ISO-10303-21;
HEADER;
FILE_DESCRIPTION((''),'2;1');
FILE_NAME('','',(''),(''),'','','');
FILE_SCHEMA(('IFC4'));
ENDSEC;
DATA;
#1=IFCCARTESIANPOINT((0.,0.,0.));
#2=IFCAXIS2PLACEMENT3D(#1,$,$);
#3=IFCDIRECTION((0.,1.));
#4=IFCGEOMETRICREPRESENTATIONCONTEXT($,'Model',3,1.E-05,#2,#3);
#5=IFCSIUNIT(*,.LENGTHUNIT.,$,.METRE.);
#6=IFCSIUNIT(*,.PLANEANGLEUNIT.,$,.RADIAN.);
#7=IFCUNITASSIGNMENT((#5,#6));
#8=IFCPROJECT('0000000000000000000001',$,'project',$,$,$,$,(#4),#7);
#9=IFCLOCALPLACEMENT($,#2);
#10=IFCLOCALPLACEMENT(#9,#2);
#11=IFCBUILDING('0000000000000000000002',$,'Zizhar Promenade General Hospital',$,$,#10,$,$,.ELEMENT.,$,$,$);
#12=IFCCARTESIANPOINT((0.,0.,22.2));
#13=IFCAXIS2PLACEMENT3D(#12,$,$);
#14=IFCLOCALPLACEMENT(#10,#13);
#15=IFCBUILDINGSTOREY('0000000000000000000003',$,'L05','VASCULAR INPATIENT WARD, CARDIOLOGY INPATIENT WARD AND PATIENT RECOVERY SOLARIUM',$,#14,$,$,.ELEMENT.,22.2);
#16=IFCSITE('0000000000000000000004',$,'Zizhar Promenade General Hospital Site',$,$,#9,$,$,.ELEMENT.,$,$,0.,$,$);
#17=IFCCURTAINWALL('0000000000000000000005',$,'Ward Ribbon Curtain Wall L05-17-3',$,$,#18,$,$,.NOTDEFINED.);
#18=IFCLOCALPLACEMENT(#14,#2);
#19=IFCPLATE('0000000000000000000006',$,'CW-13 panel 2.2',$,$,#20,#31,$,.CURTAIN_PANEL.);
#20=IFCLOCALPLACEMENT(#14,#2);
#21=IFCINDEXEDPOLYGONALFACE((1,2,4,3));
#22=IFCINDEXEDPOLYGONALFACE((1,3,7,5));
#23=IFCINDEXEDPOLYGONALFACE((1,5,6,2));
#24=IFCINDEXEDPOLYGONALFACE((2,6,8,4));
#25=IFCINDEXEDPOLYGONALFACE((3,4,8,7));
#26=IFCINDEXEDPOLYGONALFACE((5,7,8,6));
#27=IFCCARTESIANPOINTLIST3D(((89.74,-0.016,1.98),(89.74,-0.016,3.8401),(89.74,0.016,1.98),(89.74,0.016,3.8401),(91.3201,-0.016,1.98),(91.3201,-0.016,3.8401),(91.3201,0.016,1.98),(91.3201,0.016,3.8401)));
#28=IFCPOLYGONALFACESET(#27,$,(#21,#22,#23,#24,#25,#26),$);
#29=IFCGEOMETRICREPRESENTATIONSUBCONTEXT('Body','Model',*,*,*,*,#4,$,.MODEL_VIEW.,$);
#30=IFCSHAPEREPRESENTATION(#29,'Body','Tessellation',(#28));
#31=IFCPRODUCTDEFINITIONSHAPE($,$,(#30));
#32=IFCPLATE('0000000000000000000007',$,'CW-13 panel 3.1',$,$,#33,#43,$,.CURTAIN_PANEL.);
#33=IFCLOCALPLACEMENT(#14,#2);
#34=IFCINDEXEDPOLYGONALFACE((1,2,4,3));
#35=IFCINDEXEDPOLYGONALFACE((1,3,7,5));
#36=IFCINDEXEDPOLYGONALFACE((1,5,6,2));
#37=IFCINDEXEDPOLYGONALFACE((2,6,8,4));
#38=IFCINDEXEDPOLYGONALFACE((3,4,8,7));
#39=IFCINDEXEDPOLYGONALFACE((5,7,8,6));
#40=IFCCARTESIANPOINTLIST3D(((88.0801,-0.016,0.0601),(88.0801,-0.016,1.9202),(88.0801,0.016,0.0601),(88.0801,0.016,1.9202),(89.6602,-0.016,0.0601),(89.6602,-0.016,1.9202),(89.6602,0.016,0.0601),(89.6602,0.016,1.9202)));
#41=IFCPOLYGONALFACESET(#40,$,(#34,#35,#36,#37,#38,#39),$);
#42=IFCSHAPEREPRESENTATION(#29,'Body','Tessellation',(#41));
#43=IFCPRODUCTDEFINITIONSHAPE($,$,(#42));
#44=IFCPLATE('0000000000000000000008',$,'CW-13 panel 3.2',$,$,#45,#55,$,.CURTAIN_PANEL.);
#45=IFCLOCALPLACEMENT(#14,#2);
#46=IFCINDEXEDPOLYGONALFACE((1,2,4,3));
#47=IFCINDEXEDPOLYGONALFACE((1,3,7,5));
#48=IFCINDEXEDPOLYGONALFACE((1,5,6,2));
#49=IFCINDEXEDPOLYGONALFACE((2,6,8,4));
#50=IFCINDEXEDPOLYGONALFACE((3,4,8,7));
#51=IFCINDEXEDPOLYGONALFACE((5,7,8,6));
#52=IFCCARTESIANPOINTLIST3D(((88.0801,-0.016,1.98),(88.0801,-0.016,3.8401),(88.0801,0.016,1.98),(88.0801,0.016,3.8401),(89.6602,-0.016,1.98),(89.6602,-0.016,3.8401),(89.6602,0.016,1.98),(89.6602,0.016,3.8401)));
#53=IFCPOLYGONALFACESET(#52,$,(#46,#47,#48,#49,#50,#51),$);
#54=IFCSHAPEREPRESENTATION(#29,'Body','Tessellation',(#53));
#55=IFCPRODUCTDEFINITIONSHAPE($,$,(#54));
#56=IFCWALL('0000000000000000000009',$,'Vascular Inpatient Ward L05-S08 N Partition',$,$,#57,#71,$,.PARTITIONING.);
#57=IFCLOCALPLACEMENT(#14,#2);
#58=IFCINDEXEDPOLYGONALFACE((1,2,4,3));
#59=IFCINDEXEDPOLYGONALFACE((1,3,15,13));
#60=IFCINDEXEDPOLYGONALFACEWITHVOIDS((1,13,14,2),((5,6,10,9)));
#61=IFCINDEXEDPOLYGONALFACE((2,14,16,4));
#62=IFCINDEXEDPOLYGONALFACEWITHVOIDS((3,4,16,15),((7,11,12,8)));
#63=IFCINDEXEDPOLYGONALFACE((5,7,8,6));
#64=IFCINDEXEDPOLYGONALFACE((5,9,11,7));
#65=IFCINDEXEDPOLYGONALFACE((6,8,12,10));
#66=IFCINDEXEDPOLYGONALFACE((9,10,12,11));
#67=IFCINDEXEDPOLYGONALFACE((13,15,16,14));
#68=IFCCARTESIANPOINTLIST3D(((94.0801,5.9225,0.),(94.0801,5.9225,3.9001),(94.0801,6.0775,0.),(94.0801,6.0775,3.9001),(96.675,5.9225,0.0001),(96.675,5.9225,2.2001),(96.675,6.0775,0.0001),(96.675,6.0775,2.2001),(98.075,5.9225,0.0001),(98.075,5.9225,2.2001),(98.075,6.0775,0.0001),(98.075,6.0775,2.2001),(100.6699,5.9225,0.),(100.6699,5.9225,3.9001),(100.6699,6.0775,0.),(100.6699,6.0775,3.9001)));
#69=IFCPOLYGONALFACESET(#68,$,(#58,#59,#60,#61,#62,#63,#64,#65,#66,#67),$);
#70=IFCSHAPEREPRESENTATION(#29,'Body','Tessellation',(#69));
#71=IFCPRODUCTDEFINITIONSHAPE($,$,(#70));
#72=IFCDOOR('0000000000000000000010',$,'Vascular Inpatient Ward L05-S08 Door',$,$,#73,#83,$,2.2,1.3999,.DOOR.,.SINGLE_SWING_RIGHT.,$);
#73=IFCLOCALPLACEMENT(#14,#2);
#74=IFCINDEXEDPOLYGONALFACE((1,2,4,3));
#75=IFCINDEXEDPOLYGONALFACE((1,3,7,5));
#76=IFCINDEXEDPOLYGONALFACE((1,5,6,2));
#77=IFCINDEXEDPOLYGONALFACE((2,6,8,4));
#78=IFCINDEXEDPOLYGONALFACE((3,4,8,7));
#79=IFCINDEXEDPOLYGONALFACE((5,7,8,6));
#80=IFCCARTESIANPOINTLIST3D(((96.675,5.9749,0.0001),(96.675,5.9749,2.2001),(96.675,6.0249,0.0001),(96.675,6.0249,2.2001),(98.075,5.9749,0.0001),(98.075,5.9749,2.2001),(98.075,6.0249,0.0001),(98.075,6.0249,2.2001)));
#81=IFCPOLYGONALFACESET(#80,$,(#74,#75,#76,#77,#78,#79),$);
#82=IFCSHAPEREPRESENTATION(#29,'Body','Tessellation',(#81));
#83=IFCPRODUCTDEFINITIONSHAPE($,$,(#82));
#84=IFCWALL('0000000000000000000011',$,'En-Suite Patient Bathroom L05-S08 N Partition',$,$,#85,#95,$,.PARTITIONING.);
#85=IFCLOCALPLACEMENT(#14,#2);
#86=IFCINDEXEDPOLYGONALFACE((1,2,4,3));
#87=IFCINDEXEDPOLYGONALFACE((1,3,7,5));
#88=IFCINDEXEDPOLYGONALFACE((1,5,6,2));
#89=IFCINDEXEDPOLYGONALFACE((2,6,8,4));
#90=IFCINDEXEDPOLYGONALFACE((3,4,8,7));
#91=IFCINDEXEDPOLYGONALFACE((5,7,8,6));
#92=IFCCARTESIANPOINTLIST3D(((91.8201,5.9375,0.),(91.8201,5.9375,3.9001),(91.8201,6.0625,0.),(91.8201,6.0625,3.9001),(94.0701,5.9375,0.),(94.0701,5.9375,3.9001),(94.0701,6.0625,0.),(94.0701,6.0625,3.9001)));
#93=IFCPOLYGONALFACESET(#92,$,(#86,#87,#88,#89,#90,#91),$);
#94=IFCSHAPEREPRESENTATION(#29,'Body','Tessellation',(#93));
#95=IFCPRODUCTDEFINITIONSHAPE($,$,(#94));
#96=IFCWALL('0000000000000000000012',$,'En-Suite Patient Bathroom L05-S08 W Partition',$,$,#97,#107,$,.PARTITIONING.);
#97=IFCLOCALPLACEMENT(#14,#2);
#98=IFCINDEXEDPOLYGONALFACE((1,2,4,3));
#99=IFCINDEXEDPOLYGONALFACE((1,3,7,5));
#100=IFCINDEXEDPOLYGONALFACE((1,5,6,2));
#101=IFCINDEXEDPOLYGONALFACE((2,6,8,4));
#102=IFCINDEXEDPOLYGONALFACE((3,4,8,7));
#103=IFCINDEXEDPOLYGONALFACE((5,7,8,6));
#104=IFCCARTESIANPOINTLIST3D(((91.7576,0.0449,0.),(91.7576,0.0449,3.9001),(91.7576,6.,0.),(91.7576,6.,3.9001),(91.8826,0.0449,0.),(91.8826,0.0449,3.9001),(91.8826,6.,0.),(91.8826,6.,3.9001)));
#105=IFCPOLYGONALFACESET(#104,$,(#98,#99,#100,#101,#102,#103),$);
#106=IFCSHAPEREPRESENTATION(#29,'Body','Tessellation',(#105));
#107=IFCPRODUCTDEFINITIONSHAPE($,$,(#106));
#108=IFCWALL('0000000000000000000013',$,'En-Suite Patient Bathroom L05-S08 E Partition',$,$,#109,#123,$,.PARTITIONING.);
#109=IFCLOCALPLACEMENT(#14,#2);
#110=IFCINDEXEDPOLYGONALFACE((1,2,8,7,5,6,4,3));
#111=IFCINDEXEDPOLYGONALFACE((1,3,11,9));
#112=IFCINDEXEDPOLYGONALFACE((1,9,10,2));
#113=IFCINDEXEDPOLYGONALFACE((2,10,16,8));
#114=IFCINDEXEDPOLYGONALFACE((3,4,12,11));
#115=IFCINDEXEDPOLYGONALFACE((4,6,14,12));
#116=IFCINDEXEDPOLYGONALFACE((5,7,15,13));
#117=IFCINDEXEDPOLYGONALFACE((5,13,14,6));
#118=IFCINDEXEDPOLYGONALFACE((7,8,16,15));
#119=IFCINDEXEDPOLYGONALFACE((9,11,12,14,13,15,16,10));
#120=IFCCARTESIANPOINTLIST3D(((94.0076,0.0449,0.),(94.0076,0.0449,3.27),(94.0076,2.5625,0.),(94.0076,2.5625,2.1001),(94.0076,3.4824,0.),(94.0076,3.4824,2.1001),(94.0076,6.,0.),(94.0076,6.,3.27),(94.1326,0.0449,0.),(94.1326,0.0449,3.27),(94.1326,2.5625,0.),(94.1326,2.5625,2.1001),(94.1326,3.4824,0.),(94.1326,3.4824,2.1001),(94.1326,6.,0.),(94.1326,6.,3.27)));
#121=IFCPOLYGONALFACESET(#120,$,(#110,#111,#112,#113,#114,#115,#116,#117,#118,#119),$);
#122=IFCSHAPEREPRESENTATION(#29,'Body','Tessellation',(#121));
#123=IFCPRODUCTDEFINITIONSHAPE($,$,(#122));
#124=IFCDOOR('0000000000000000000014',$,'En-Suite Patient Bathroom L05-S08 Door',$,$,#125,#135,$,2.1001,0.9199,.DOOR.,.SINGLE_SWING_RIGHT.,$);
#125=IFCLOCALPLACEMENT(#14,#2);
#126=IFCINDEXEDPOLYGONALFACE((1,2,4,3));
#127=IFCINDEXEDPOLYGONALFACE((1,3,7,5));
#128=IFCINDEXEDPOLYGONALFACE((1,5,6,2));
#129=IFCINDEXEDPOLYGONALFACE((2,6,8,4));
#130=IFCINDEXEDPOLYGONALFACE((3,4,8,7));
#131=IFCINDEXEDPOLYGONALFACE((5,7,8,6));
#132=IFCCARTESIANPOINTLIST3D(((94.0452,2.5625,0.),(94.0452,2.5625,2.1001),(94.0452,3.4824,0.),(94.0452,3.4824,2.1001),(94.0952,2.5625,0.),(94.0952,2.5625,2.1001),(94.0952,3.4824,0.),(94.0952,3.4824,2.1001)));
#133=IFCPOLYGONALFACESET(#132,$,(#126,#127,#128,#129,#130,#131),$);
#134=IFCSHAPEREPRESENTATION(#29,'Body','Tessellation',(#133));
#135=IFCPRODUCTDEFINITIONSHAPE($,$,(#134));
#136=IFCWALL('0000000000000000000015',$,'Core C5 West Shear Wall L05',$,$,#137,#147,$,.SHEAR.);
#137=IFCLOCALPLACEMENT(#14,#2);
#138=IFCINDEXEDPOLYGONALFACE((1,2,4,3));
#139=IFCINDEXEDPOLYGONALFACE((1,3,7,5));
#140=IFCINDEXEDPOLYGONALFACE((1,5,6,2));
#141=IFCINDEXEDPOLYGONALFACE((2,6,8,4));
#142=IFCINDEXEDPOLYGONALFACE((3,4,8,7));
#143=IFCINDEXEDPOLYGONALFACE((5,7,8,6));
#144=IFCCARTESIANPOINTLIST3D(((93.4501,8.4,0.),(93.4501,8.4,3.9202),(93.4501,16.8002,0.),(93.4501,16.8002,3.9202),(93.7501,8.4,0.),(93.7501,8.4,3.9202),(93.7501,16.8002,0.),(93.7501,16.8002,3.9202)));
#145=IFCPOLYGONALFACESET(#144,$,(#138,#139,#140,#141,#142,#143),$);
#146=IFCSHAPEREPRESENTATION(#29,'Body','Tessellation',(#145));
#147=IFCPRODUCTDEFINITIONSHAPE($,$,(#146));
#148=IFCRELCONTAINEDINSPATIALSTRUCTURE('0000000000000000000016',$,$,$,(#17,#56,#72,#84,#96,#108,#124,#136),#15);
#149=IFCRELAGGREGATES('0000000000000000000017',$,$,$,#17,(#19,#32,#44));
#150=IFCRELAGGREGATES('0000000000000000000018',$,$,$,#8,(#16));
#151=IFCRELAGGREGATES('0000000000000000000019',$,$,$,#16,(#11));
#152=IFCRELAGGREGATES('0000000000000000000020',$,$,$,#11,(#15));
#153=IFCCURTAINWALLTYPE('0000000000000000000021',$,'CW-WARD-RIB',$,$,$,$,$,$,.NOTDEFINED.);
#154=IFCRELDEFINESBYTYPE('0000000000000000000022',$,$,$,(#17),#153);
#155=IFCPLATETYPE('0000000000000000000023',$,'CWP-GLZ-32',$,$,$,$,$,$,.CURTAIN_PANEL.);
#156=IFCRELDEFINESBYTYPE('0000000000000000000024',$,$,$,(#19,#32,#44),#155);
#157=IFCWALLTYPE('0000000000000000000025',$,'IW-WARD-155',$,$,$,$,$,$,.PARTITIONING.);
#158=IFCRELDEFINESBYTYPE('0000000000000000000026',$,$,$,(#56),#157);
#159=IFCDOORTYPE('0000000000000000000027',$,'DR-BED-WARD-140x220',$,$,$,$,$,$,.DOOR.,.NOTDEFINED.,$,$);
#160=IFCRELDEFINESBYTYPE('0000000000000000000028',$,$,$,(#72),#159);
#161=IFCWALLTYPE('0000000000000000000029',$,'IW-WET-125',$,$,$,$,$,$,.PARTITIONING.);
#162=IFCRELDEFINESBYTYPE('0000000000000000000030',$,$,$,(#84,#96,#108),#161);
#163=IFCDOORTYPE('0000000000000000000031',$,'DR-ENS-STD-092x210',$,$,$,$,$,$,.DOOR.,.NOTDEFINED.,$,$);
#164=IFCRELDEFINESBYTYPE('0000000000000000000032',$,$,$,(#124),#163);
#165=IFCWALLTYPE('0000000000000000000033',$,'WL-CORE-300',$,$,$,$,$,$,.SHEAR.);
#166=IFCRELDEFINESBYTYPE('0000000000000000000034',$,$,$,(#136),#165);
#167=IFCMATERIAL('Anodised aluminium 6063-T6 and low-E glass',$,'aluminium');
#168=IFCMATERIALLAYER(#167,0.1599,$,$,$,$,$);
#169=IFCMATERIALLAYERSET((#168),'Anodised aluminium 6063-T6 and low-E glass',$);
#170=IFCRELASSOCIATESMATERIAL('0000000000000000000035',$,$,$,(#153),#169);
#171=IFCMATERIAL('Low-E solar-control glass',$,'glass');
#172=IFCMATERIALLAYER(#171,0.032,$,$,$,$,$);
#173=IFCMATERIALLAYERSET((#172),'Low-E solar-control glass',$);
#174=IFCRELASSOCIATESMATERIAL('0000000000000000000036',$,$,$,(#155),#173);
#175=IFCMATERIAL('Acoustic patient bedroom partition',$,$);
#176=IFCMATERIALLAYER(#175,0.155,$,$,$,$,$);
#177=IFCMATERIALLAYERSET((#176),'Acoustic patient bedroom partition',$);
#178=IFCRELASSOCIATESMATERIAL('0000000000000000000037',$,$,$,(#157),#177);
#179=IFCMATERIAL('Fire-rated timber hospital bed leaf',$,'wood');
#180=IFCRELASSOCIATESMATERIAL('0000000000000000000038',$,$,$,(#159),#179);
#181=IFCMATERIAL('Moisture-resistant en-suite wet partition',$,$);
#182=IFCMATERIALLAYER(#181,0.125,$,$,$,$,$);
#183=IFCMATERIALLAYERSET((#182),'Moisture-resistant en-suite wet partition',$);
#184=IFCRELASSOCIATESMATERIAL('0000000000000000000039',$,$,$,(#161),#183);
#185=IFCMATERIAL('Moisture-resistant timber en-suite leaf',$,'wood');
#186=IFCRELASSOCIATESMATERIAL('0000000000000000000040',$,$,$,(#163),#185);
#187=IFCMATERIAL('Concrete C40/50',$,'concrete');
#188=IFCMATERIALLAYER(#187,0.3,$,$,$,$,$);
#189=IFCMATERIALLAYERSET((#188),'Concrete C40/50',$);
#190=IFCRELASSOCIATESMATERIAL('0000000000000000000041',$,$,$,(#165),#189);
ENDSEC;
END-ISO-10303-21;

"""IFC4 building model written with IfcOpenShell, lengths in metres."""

from ifc_helpers import new_model, si_unit, direction, frame, frame_2d, origin, origin_2d, place, context, subcontext, project, spatial, rectangle, extrude, material, layer, layer_set, type_object, element, fill, aggregate, save


model = new_model("IFC4")

# Units and contexts
model_context = context("Model", 3, precision=1e-05, world=origin(), true_north=direction((0.0, 1.0)))
body_context = subcontext(model_context, "Body", "Model", "MODEL_VIEW")
ifc_project = project(units=[si_unit("LENGTHUNIT", "METRE"), si_unit("PLANEANGLEUNIT", "RADIAN")], contexts=[model_context])

# Site, building, storey
site_placement = place(None, origin())
site = spatial("IfcSite", under=ifc_project, at=site_placement, Name="Zizhar Promenade General Hospital Site", CompositionType="ELEMENT", RefElevation=0.0)
building_placement = place(site_placement, origin())
building = spatial("IfcBuilding", under=site, at=building_placement, Name="Zizhar Promenade General Hospital", CompositionType="ELEMENT")
storey_placement = place(building_placement, frame((0.0, 0.0, 22.2)))
storey = spatial("IfcBuildingStorey", under=building, at=storey_placement, Name="L05", Description="VASCULAR INPATIENT WARD, CARDIOLOGY INPATIENT WARD AND PATIENT RECOVERY SOLARIUM", CompositionType="ELEMENT", Elevation=22.2)

# Shared definitions
ifc_material_1 = material(Name="Anodised aluminium 6063-T6 and low-E glass", Category="aluminium")
ifc_layer_1 = layer(ifc_material_1, 0.1599)
ifc_layer_set_1 = layer_set([ifc_layer_1], Name="Anodised aluminium 6063-T6 and low-E glass")
curtain_wall_type = type_object("IfcCurtainWallType", Name="CW-WARD-RIB", PredefinedType="NOTDEFINED", material=ifc_layer_set_1)

# Curtain wall
curtain_wall_1_placement = place(storey_placement, origin())
curtain_wall_1 = element("IfcCurtainWall", 1, at=curtain_wall_1_placement, inside=storey, type_object=curtain_wall_type, Name="Ward Ribbon Curtain Wall L05-17-3", PredefinedType="NOTDEFINED")

# Plates
ifc_material_2 = material(Name="Low-E solar-control glass", Category="glass")
ifc_layer_2 = layer(ifc_material_2, 0.032)
ifc_layer_set_2 = layer_set([ifc_layer_2], Name="Low-E solar-control glass")
plate_type = type_object("IfcPlateType", Name="CWP-GLZ-32", PredefinedType="CURTAIN_PANEL", material=ifc_layer_set_2)
plate_1_placement = place(storey_placement, frame((90.53, 0.0, 1.98), z_axis=(0.0, 0.0, 1.0), x_axis=(-1.0, 0.0, 0.0)))
plate_1 = element("IfcPlate", 2, at=plate_1_placement, type_object=plate_type, Name="CW-13 panel 2.2", PredefinedType="CURTAIN_PANEL", context=body_context, shape_type="SweptSolid", body=[
    extrude(rectangle(XDim=1.5801, YDim=0.032, at=origin_2d()), origin(), (0.0, 0.0, 1.0), 1.8601),
])
plate_2_placement = place(storey_placement, frame((88.8701, 0.0, 0.0601), z_axis=(0.0, 0.0, 1.0), x_axis=(-1.0, 0.0, 0.0)))
plate_2 = element("IfcPlate", 3, at=plate_2_placement, type_object=plate_type, Name="CW-13 panel 3.1", PredefinedType="CURTAIN_PANEL", context=body_context, shape_type="SweptSolid", body=[
    extrude(rectangle(XDim=1.5801, YDim=0.032, at=origin_2d()), origin(), (0.0, 0.0, 1.0), 1.8601),
])
plate_3_placement = place(storey_placement, frame((88.8701, 0.0, 1.98), z_axis=(0.0, 0.0, 1.0), x_axis=(-1.0, 0.0, 0.0)))
plate_3 = element("IfcPlate", 4, at=plate_3_placement, type_object=plate_type, Name="CW-13 panel 3.2", PredefinedType="CURTAIN_PANEL", context=body_context, shape_type="SweptSolid", body=[
    extrude(rectangle(XDim=1.5801, YDim=0.032, at=origin_2d()), origin(), (0.0, 0.0, 1.0), 1.8601),
])
aggregate(curtain_wall_1, [plate_1, plate_2, plate_3])

# Wall, opening, door
ifc_material_3 = material(Name="Acoustic patient bedroom partition")
ifc_layer_3 = layer(ifc_material_3, 0.155)
ifc_layer_set_3 = layer_set([ifc_layer_3], Name="Acoustic patient bedroom partition")
wall_type_1 = type_object("IfcWallType", Name="IW-WARD-155", PredefinedType="PARTITIONING", material=ifc_layer_set_3)
wall_1_placement = place(storey_placement, frame((94.0801, 6.0, 0.0), z_axis=(0.0, 0.0, 1.0), x_axis=(1.0, 0.0, 0.0)))
wall_1 = element("IfcWall", 5, at=wall_1_placement, inside=storey, type_object=wall_type_1, Name="Vascular Inpatient Ward L05-S08 N Partition", PredefinedType="PARTITIONING", context=body_context, shape_type="SweptSolid", body=[
    extrude(rectangle(XDim=6.5898, YDim=0.155, at=frame_2d((3.2949, 0.0))), origin(), (0.0, 0.0, 1.0), 3.9001),
])
opening_1_placement = place(wall_1_placement, frame((2.595, 0.0, 0.0)))
opening_1 = element("IfcOpeningElement", 6, at=opening_1_placement, cuts=wall_1, PredefinedType="OPENING", context=body_context, shape_type="SweptSolid", body=[
    extrude(rectangle(XDim=1.3999, YDim=2.2, at=frame_2d((0.7, 1.1001))), frame((0.0, 0.0874, 0.0), z_axis=(0.0, -1.0, 0.0), x_axis=(1.0, 0.0, 0.0)), (0.0, 0.0, 1.0), 0.175),
])
ifc_material_4 = material(Name="Fire-rated timber hospital bed leaf", Category="wood")
door_type_1 = type_object("IfcDoorType", Name="DR-BED-WARD-140x220", OperationType="NOTDEFINED", PredefinedType="DOOR", material=ifc_material_4)
door_1_placement = place(opening_1_placement, origin())
door_1 = element("IfcDoor", 7, at=door_1_placement, inside=storey, type_object=door_type_1, Name="Vascular Inpatient Ward L05-S08 Door", OperationType="SINGLE_SWING_RIGHT", OverallHeight=2.2, OverallWidth=1.3999, PredefinedType="DOOR", context=body_context, shape_type="SweptSolid", body=[
    extrude(rectangle(XDim=1.3999, YDim=2.2, at=frame_2d((0.7, 1.1001))), frame((0.0, 0.0249, 0.0), z_axis=(0.0, -1.0, 0.0), x_axis=(1.0, 0.0, 0.0)), (0.0, 0.0, 1.0), 0.05),
])
fill(opening_1, door_1)

# Walls
ifc_material_5 = material(Name="Moisture-resistant en-suite wet partition")
ifc_layer_4 = layer(ifc_material_5, 0.125)
ifc_layer_set_4 = layer_set([ifc_layer_4], Name="Moisture-resistant en-suite wet partition")
wall_type_2 = type_object("IfcWallType", Name="IW-WET-125", PredefinedType="PARTITIONING", material=ifc_layer_set_4)
wall_2_placement = place(storey_placement, frame((91.8201, 6.0, 0.0), z_axis=(0.0, 0.0, 1.0), x_axis=(1.0, 0.0, 0.0)))
element("IfcWall", 8, at=wall_2_placement, inside=storey, type_object=wall_type_2, Name="En-Suite Patient Bathroom L05-S08 N Partition", PredefinedType="PARTITIONING", context=body_context, shape_type="SweptSolid", body=[
    extrude(rectangle(XDim=2.25, YDim=0.125, at=frame_2d((1.125, 0.0))), origin(), (0.0, 0.0, 1.0), 3.9001),
])
wall_3_placement = place(storey_placement, frame((91.8201, 0.0449, 0.0), z_axis=(0.0, 0.0, 1.0), x_axis=(0.0, 1.0, 0.0)))
element("IfcWall", 9, at=wall_3_placement, inside=storey, type_object=wall_type_2, Name="En-Suite Patient Bathroom L05-S08 W Partition", PredefinedType="PARTITIONING", context=body_context, shape_type="SweptSolid", body=[
    extrude(rectangle(XDim=5.9551, YDim=0.125, at=frame_2d((2.9775, 0.0))), origin(), (0.0, 0.0, 1.0), 3.9001),
])

# Wall, opening, door
wall_4_placement = place(storey_placement, frame((94.0701, 0.0449, 0.0), z_axis=(0.0, 0.0, 1.0), x_axis=(0.0, 1.0, 0.0)))
wall_4 = element("IfcWall", 10, at=wall_4_placement, inside=storey, type_object=wall_type_2, Name="En-Suite Patient Bathroom L05-S08 E Partition", PredefinedType="PARTITIONING", context=body_context, shape_type="SweptSolid", body=[
    extrude(rectangle(XDim=5.9551, YDim=0.125, at=frame_2d((2.9775, 0.0))), origin(), (0.0, 0.0, 1.0), 3.27),
])
opening_2_placement = place(wall_4_placement, frame((2.5176, 0.0, 0.0)))
opening_2 = element("IfcOpeningElement", 11, at=opening_2_placement, cuts=wall_4, PredefinedType="OPENING", context=body_context, shape_type="SweptSolid", body=[
    extrude(rectangle(XDim=0.9199, YDim=2.1001, at=frame_2d((0.46, 1.05))), frame((0.0, 0.0725, 0.0), z_axis=(0.0, -1.0, 0.0), x_axis=(1.0, 0.0, 0.0)), (0.0, 0.0, 1.0), 0.145),
])
ifc_material_6 = material(Name="Moisture-resistant timber en-suite leaf", Category="wood")
door_type_2 = type_object("IfcDoorType", Name="DR-ENS-STD-092x210", OperationType="NOTDEFINED", PredefinedType="DOOR", material=ifc_material_6)
door_2_placement = place(opening_2_placement, origin())
door_2 = element("IfcDoor", 12, at=door_2_placement, inside=storey, type_object=door_type_2, Name="En-Suite Patient Bathroom L05-S08 Door", OperationType="SINGLE_SWING_RIGHT", OverallHeight=2.1001, OverallWidth=0.9199, PredefinedType="DOOR", context=body_context, shape_type="SweptSolid", body=[
    extrude(rectangle(XDim=0.9199, YDim=2.1001, at=frame_2d((0.46, 1.05))), frame((0.0, 0.0249, 0.0), z_axis=(0.0, -1.0, 0.0), x_axis=(1.0, 0.0, 0.0)), (0.0, 0.0, 1.0), 0.05),
])
fill(opening_2, door_2)

# Wall
ifc_material_7 = material(Name="Concrete C40/50", Category="concrete")
ifc_layer_5 = layer(ifc_material_7, 0.3)
ifc_layer_set_5 = layer_set([ifc_layer_5], Name="Concrete C40/50")
wall_type_3 = type_object("IfcWallType", Name="WL-CORE-300", PredefinedType="SHEAR", material=ifc_layer_set_5)
wall_5_placement = place(storey_placement, frame((93.6001, 8.3999, 0.0), z_axis=(0.0, 0.0, 1.0), x_axis=(0.0, 1.0, 0.0)))
element("IfcWall", 13, at=wall_5_placement, inside=storey, type_object=wall_type_3, Name="Core C5 West Shear Wall L05", PredefinedType="SHEAR", context=body_context, shape_type="SweptSolid", body=[
    extrude(rectangle(XDim=8.4001, YDim=0.3, at=frame_2d((4.2002, 0.0))), origin(), (0.0, 0.0, 1.0), 3.9202),
])

save(model, "model.ifc")
